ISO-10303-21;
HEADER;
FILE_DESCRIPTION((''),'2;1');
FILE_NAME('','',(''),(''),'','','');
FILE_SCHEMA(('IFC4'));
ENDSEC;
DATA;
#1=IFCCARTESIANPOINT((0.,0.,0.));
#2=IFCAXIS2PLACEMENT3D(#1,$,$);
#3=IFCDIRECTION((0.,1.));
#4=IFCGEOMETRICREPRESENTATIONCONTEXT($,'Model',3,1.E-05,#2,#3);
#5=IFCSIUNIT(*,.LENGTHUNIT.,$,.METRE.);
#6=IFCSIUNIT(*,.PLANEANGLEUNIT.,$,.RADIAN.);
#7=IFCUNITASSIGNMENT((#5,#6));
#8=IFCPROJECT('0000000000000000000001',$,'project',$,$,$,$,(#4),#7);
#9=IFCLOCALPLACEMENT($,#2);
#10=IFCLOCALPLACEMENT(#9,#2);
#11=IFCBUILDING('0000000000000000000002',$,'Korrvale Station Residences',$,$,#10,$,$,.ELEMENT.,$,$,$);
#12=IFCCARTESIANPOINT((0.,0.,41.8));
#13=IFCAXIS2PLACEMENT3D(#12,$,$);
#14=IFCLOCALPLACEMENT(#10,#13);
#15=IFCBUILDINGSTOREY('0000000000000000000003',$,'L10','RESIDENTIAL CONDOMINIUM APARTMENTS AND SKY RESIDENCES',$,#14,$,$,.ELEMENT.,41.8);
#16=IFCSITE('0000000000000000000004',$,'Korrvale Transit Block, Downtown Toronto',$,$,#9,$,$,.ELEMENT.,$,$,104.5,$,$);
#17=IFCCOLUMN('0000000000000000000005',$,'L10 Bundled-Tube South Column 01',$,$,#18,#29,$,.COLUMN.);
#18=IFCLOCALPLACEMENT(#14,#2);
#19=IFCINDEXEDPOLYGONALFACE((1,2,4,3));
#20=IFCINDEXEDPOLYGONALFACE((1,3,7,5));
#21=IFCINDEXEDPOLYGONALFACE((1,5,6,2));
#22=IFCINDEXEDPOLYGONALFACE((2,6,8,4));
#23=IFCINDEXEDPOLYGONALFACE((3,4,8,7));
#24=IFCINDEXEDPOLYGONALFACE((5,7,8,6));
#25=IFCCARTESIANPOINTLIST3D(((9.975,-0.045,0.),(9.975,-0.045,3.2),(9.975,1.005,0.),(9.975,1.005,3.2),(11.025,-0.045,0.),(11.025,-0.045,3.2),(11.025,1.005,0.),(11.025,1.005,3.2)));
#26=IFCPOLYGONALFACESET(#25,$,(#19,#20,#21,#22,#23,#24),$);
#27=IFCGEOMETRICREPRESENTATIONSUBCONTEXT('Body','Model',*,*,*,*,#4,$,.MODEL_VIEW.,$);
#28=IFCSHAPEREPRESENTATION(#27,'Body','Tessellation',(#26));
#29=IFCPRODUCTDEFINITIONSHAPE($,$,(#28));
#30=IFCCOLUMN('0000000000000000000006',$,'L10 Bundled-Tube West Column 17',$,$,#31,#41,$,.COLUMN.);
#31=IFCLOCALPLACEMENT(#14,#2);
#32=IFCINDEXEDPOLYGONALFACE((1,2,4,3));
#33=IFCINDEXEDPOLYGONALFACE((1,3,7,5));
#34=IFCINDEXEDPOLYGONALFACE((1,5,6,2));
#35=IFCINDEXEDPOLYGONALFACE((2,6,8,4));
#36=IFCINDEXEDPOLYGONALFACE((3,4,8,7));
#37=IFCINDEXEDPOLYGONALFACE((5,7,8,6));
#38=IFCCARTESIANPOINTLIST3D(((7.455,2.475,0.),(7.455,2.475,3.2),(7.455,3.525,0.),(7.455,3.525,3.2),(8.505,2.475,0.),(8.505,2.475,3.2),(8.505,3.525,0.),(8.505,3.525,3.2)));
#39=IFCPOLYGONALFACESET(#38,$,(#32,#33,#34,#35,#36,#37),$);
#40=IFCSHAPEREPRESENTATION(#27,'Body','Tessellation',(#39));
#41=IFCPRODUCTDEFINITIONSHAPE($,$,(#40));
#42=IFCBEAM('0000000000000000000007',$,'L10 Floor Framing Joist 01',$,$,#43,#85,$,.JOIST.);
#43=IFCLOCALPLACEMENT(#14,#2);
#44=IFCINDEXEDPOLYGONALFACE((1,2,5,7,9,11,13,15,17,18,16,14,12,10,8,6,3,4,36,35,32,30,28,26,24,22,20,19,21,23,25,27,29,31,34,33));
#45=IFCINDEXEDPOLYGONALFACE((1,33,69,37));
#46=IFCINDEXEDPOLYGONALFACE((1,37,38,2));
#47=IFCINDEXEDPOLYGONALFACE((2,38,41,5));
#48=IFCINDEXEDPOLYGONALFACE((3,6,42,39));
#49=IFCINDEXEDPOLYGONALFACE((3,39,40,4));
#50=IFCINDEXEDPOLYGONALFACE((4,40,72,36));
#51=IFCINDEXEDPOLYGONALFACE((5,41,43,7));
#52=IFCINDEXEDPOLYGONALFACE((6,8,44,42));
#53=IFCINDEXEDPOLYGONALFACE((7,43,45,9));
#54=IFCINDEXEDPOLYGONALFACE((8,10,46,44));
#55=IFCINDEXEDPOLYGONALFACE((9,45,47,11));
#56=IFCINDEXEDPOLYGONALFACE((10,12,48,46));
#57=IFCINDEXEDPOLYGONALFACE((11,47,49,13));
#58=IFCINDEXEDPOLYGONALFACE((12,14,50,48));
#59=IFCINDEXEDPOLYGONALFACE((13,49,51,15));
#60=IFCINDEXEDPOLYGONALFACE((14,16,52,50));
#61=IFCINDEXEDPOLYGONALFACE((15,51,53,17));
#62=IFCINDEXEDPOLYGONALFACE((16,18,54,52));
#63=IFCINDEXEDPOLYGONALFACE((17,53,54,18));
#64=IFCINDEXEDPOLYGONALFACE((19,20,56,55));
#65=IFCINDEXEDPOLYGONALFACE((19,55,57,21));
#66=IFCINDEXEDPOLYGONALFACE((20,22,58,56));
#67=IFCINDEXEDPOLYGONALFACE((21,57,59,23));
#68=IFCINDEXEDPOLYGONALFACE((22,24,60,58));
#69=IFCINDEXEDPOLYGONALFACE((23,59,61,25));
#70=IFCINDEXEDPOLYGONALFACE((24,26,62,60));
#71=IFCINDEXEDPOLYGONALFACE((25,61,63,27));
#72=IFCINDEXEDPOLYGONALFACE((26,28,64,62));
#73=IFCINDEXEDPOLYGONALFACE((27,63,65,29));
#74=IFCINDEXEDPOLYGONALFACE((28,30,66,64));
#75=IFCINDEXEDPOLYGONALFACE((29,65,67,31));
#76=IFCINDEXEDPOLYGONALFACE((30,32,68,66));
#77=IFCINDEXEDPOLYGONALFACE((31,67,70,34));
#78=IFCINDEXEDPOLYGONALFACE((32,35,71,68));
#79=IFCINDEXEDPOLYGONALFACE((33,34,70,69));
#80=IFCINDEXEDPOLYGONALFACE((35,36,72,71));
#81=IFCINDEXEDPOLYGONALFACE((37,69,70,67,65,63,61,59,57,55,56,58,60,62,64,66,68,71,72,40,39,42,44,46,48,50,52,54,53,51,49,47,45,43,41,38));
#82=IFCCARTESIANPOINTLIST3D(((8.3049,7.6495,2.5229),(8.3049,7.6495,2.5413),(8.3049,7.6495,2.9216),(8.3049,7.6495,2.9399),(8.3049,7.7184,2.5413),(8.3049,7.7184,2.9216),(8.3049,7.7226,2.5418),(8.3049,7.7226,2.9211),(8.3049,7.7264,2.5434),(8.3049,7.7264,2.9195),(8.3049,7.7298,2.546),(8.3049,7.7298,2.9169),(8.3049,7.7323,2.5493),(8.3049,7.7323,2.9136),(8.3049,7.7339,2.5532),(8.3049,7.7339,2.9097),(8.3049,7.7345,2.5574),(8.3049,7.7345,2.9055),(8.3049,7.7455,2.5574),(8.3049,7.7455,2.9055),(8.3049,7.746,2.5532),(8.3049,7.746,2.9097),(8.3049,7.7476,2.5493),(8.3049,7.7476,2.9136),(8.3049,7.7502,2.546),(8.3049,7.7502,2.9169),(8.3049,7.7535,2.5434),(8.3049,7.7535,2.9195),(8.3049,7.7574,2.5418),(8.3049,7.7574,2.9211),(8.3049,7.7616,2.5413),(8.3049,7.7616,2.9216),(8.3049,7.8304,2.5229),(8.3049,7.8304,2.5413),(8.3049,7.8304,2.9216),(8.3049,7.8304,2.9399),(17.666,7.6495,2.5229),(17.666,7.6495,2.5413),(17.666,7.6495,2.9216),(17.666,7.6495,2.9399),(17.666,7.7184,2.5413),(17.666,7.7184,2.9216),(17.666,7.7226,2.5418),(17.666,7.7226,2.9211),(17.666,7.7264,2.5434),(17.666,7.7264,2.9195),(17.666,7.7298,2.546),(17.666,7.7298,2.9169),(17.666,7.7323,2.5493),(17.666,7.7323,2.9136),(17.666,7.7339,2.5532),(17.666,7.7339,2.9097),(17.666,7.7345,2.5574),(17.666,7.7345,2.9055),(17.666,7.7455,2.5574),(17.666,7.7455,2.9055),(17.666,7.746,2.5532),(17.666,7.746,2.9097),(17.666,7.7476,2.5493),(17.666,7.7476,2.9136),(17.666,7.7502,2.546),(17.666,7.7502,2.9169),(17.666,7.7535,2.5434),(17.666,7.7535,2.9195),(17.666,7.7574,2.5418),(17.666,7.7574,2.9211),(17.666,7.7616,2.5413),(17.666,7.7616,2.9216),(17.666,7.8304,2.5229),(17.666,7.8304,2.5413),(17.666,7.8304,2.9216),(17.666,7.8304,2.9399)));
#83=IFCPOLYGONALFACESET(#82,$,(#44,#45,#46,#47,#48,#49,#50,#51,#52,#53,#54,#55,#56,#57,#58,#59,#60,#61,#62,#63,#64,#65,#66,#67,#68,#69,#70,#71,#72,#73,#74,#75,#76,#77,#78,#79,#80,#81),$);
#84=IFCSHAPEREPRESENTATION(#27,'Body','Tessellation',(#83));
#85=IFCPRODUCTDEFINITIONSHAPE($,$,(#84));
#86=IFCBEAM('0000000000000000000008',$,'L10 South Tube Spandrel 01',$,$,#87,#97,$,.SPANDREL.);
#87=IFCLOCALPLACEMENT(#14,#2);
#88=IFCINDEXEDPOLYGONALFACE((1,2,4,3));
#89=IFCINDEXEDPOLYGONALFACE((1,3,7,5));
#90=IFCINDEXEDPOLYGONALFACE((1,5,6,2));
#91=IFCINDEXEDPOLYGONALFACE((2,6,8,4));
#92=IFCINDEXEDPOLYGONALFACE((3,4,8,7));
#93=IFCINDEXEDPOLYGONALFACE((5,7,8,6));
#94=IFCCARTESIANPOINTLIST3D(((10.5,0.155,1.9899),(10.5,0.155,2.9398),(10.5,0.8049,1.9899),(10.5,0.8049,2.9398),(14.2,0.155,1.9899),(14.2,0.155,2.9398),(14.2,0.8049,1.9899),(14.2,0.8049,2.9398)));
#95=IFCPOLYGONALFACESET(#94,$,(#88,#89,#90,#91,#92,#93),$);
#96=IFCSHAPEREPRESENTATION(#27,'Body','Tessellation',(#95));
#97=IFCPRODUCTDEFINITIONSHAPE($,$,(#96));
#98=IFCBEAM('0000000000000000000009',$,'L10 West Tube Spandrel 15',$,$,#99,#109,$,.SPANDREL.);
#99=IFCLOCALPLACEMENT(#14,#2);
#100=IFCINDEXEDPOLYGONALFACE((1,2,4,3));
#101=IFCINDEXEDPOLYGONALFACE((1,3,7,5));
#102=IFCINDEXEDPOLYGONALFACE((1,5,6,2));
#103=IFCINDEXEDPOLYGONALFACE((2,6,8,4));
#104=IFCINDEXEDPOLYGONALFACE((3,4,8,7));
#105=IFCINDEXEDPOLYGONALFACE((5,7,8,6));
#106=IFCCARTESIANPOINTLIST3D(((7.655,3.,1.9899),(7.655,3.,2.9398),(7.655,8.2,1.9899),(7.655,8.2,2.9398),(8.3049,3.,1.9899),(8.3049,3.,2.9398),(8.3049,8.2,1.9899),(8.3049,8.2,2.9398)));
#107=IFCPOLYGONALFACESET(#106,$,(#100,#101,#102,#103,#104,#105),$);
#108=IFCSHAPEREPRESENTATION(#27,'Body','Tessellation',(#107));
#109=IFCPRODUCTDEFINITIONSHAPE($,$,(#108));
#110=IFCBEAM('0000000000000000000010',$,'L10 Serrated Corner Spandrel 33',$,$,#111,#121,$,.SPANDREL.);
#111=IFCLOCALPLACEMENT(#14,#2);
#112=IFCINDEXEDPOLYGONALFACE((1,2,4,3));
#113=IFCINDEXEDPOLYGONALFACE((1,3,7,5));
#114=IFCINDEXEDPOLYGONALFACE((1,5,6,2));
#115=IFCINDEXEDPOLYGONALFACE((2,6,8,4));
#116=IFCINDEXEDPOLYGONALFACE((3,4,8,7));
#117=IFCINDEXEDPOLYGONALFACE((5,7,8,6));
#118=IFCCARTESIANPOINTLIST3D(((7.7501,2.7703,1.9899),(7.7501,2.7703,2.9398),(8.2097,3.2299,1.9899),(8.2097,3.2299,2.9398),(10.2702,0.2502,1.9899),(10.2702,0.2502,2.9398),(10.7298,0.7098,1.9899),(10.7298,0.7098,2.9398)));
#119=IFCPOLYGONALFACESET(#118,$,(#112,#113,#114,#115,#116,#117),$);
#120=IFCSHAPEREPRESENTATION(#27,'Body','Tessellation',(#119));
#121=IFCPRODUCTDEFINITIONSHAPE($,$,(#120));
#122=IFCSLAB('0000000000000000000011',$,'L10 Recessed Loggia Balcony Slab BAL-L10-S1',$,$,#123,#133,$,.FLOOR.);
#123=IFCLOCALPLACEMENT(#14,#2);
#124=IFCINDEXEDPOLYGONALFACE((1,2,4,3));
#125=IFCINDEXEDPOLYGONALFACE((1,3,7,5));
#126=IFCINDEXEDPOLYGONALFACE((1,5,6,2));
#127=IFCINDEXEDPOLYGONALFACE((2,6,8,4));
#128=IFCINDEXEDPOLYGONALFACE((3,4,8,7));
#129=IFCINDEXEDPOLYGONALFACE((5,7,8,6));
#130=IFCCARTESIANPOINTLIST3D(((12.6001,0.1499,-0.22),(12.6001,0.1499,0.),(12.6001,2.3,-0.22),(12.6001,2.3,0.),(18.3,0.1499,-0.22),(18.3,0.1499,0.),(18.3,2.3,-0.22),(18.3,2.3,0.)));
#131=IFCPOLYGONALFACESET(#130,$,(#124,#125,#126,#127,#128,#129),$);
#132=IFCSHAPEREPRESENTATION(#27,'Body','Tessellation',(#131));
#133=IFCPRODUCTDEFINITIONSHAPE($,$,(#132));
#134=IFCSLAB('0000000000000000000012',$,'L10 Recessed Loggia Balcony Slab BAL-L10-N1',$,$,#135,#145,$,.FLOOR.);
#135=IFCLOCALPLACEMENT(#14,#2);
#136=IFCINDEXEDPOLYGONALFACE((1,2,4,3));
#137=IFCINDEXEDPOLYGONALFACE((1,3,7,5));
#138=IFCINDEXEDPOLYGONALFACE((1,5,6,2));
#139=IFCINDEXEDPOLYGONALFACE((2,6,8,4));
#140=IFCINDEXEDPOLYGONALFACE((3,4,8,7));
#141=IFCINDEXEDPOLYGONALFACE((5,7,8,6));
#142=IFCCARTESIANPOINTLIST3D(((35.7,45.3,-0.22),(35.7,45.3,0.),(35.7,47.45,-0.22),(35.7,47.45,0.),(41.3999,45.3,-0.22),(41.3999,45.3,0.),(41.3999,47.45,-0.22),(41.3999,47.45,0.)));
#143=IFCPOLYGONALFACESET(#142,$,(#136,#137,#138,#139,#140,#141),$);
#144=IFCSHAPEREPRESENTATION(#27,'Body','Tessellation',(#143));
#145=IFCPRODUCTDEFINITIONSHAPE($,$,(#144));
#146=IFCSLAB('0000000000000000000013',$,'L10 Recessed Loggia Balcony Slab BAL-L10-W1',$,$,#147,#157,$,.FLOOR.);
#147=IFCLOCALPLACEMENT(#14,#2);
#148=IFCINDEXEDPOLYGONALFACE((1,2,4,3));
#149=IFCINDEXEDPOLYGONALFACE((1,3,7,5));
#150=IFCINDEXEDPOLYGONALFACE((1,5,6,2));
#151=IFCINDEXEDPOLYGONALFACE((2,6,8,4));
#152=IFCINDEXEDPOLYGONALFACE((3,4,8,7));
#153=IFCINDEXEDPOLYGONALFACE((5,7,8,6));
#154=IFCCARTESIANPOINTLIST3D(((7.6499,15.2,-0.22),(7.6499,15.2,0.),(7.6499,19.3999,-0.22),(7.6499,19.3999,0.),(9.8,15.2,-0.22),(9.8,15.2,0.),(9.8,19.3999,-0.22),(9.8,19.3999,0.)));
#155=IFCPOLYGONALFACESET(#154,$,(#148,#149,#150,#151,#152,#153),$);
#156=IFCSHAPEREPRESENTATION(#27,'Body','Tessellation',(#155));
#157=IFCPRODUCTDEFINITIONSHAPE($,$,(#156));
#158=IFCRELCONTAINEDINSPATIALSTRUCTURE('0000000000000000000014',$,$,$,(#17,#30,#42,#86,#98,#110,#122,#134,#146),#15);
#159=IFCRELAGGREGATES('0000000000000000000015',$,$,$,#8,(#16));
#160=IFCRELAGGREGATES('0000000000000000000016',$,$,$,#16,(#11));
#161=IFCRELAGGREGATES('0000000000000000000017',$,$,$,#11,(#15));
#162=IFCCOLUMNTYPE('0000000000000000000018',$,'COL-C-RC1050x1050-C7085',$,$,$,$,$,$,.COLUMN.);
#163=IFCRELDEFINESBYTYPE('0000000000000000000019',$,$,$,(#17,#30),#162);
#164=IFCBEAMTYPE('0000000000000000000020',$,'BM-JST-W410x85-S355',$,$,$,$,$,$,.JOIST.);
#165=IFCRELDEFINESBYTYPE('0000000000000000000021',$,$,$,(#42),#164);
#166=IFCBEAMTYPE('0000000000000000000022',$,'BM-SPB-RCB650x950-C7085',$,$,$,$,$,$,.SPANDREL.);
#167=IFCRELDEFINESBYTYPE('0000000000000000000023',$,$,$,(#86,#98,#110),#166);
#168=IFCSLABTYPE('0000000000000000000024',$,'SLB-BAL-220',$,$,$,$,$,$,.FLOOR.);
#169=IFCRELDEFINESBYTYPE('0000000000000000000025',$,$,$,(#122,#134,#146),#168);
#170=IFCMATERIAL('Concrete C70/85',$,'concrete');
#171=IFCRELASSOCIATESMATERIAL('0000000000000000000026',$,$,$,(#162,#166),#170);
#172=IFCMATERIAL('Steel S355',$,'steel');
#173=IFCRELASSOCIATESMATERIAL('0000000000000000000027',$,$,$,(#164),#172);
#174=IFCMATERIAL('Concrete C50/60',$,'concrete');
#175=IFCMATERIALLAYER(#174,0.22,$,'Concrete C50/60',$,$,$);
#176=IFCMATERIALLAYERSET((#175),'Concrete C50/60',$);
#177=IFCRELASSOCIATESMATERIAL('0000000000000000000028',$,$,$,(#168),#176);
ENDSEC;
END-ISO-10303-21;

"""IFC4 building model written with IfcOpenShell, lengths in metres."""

from ifc_helpers import new_model, si_unit, direction, frame, origin, origin_2d, place, context, subcontext, project, spatial, polyline, rectangle, i_section, outline, extrude, material, layer, layer_set, material_profile, profile_set, type_object, element, save


model = new_model("IFC4")

# Units and contexts
model_context = context("Model", 3, precision=1e-05, world=origin(), true_north=direction((0.0, 1.0)))
body_context = subcontext(model_context, "Body", "Model", "MODEL_VIEW")
ifc_project = project(units=[si_unit("LENGTHUNIT", "METRE"), si_unit("PLANEANGLEUNIT", "RADIAN")], contexts=[model_context])

# Site, building, storey
site_placement = place(None, origin())
site = spatial("IfcSite", under=ifc_project, at=site_placement, Name="Korrvale Transit Block, Downtown Toronto", CompositionType="ELEMENT", RefElevation=104.5)
building_placement = place(site_placement, origin())
building = spatial("IfcBuilding", under=site, at=building_placement, Name="Korrvale Station Residences", CompositionType="ELEMENT")
storey_placement = place(building_placement, frame((0.0, 0.0, 41.8)))
storey = spatial("IfcBuildingStorey", under=building, at=storey_placement, Name="L10", Description="RESIDENTIAL CONDOMINIUM APARTMENTS AND SKY RESIDENCES", CompositionType="ELEMENT", Elevation=41.8)

# Columns
ifc_material_1 = material(Name="Concrete C70/85", Category="concrete")
ifc_material_profile_1 = material_profile(ifc_material_1, rectangle(XDim=1.05, YDim=1.05, at=origin_2d()), Name="RC1050x1050")
ifc_profile_set_1 = profile_set([ifc_material_profile_1], Name="Concrete C70/85")
column_type = type_object("IfcColumnType", Name="COL-C-RC1050x1050-C7085", PredefinedType="COLUMN", material=ifc_profile_set_1)
for number, where, z_axis, x_axis, name in (
    (1, (10.5, 0.48, 0.0), (0.0, 0.0, 1.0), (1.0, 0.0, 0.0), "L10 Bundled-Tube South Column 01"),
    (2, (7.98, 3.0, 0.0), (0.0, 0.0, 1.0), (1.0, 0.0, 0.0), "L10 Bundled-Tube West Column 17"),
):
    element("IfcColumn", number, at=place(storey_placement, frame(where, z_axis=z_axis, x_axis=x_axis)), inside=storey, type_object=column_type, Name=name, PredefinedType="COLUMN", context=body_context, shape_type="SweptSolid", body=[
        extrude(rectangle(XDim=1.05, YDim=1.05, at=origin_2d()), origin(), (0.0, 0.0, 1.0), 3.2),
    ])

# Beams
ifc_material_2 = material(Name="Steel S355", Category="steel")
ifc_material_profile_2 = material_profile(ifc_material_2, i_section(OverallWidth=0.1809, OverallDepth=0.417, WebThickness=0.011, FlangeThickness=0.0183, FilletRadius=0.0161, at=origin_2d()), Name="W410x85")
ifc_profile_set_2 = profile_set([ifc_material_profile_2], Name="Steel S355")
beam_type_1 = type_object("IfcBeamType", Name="BM-JST-W410x85-S355", PredefinedType="JOIST", material=ifc_profile_set_2)
beam_1_placement = place(storey_placement, frame((8.3049, 7.74, 2.7314), z_axis=(1.0, 0.0, 0.0), x_axis=(0.0, 1.0, 0.0)))
element("IfcBeam", 3, at=beam_1_placement, inside=storey, type_object=beam_type_1, Name="L10 Floor Framing Joist 01", PredefinedType="JOIST", context=body_context, shape_type="SweptSolid", body=[
    extrude(i_section(OverallWidth=0.1809, OverallDepth=0.417, WebThickness=0.011, FlangeThickness=0.0183, FilletRadius=0.0161, at=origin_2d()), origin(), (0.0, 0.0, 1.0), 9.3611),
])
ifc_material_profile_3 = material_profile(ifc_material_1, rectangle(XDim=0.6499, YDim=0.95, at=origin_2d()), Name="RCB650x950")
ifc_profile_set_3 = profile_set([ifc_material_profile_3], Name="Concrete C70/85")
beam_type_2 = type_object("IfcBeamType", Name="BM-SPB-RCB650x950-C7085", PredefinedType="SPANDREL", material=ifc_profile_set_3)
beam_2_placement = place(storey_placement, frame((10.5, 0.48, 2.4648), z_axis=(1.0, 0.0, 0.0), x_axis=(0.0, 1.0, 0.0)))
element("IfcBeam", 4, at=beam_2_placement, inside=storey, type_object=beam_type_2, Name="L10 South Tube Spandrel 01", PredefinedType="SPANDREL", context=body_context, shape_type="SweptSolid", body=[
    extrude(rectangle(XDim=0.6499, YDim=0.95, at=origin_2d()), origin(), (0.0, 0.0, 1.0), 3.7),
])
beam_3_placement = place(storey_placement, frame((7.98, 3.0, 2.4648), z_axis=(0.0, 1.0, 0.0), x_axis=(-1.0, 0.0, 0.0)))
element("IfcBeam", 5, at=beam_3_placement, inside=storey, type_object=beam_type_2, Name="L10 West Tube Spandrel 15", PredefinedType="SPANDREL", context=body_context, shape_type="SweptSolid", body=[
    extrude(rectangle(XDim=0.6499, YDim=0.95, at=origin_2d()), origin(), (0.0, 0.0, 1.0), 5.2),
])
beam_4_placement = place(storey_placement, frame((10.5, 0.48, 2.4648), z_axis=(-0.707107, 0.707107, 0.0), x_axis=(-0.707107, -0.707107, 0.0)))
element("IfcBeam", 6, at=beam_4_placement, inside=storey, type_object=beam_type_2, Name="L10 Serrated Corner Spandrel 33", PredefinedType="SPANDREL", context=body_context, shape_type="SweptSolid", body=[
    extrude(rectangle(XDim=0.6499, YDim=0.95, at=origin_2d()), origin(), (0.0, 0.0, 1.0), 3.564),
])

# Slabs
ifc_material_3 = material(Name="Concrete C50/60", Category="concrete")
ifc_layer_1 = layer(ifc_material_3, 0.22, Name="Concrete C50/60")
ifc_layer_set_1 = layer_set([ifc_layer_1], Name="Concrete C50/60")
slab_type_1 = type_object("IfcSlabType", Name="SLB-BAL-220", PredefinedType="FLOOR", material=ifc_layer_set_1)
slab_1_placement = place(storey_placement, frame((0.0, 0.0, -0.22)))
element("IfcSlab", 7, at=slab_1_placement, inside=storey, type_object=slab_type_1, Name="L10 Recessed Loggia Balcony Slab BAL-L10-S1", PredefinedType="FLOOR", context=body_context, shape_type="SweptSolid", body=[
    extrude(outline(polyline([(12.6001, 0.1499), (18.3, 0.1499), (18.3, 2.3), (12.6001, 2.3), (12.6001, 0.1499)])), origin(), (0.0, 0.0, 1.0), 0.22),
])
slab_2_placement = place(storey_placement, frame((0.0, 0.0, -0.22)))
element("IfcSlab", 8, at=slab_2_placement, inside=storey, type_object=slab_type_1, Name="L10 Recessed Loggia Balcony Slab BAL-L10-N1", PredefinedType="FLOOR", context=body_context, shape_type="SweptSolid", body=[
    extrude(outline(polyline([(35.7, 45.3), (41.3999, 45.3), (41.3999, 47.45), (35.7, 47.45), (35.7, 45.3)])), origin(), (0.0, 0.0, 1.0), 0.22),
])
slab_3_placement = place(storey_placement, frame((0.0, 0.0, -0.22)))
element("IfcSlab", 9, at=slab_3_placement, inside=storey, type_object=slab_type_1, Name="L10 Recessed Loggia Balcony Slab BAL-L10-W1", PredefinedType="FLOOR", context=body_context, shape_type="SweptSolid", body=[
    extrude(outline(polyline([(7.6499, 15.2), (9.8, 15.2), (9.8, 19.3999), (7.6499, 19.3999), (7.6499, 15.2)])), origin(), (0.0, 0.0, 1.0), 0.22),
])

save(model, "model.ifc")
